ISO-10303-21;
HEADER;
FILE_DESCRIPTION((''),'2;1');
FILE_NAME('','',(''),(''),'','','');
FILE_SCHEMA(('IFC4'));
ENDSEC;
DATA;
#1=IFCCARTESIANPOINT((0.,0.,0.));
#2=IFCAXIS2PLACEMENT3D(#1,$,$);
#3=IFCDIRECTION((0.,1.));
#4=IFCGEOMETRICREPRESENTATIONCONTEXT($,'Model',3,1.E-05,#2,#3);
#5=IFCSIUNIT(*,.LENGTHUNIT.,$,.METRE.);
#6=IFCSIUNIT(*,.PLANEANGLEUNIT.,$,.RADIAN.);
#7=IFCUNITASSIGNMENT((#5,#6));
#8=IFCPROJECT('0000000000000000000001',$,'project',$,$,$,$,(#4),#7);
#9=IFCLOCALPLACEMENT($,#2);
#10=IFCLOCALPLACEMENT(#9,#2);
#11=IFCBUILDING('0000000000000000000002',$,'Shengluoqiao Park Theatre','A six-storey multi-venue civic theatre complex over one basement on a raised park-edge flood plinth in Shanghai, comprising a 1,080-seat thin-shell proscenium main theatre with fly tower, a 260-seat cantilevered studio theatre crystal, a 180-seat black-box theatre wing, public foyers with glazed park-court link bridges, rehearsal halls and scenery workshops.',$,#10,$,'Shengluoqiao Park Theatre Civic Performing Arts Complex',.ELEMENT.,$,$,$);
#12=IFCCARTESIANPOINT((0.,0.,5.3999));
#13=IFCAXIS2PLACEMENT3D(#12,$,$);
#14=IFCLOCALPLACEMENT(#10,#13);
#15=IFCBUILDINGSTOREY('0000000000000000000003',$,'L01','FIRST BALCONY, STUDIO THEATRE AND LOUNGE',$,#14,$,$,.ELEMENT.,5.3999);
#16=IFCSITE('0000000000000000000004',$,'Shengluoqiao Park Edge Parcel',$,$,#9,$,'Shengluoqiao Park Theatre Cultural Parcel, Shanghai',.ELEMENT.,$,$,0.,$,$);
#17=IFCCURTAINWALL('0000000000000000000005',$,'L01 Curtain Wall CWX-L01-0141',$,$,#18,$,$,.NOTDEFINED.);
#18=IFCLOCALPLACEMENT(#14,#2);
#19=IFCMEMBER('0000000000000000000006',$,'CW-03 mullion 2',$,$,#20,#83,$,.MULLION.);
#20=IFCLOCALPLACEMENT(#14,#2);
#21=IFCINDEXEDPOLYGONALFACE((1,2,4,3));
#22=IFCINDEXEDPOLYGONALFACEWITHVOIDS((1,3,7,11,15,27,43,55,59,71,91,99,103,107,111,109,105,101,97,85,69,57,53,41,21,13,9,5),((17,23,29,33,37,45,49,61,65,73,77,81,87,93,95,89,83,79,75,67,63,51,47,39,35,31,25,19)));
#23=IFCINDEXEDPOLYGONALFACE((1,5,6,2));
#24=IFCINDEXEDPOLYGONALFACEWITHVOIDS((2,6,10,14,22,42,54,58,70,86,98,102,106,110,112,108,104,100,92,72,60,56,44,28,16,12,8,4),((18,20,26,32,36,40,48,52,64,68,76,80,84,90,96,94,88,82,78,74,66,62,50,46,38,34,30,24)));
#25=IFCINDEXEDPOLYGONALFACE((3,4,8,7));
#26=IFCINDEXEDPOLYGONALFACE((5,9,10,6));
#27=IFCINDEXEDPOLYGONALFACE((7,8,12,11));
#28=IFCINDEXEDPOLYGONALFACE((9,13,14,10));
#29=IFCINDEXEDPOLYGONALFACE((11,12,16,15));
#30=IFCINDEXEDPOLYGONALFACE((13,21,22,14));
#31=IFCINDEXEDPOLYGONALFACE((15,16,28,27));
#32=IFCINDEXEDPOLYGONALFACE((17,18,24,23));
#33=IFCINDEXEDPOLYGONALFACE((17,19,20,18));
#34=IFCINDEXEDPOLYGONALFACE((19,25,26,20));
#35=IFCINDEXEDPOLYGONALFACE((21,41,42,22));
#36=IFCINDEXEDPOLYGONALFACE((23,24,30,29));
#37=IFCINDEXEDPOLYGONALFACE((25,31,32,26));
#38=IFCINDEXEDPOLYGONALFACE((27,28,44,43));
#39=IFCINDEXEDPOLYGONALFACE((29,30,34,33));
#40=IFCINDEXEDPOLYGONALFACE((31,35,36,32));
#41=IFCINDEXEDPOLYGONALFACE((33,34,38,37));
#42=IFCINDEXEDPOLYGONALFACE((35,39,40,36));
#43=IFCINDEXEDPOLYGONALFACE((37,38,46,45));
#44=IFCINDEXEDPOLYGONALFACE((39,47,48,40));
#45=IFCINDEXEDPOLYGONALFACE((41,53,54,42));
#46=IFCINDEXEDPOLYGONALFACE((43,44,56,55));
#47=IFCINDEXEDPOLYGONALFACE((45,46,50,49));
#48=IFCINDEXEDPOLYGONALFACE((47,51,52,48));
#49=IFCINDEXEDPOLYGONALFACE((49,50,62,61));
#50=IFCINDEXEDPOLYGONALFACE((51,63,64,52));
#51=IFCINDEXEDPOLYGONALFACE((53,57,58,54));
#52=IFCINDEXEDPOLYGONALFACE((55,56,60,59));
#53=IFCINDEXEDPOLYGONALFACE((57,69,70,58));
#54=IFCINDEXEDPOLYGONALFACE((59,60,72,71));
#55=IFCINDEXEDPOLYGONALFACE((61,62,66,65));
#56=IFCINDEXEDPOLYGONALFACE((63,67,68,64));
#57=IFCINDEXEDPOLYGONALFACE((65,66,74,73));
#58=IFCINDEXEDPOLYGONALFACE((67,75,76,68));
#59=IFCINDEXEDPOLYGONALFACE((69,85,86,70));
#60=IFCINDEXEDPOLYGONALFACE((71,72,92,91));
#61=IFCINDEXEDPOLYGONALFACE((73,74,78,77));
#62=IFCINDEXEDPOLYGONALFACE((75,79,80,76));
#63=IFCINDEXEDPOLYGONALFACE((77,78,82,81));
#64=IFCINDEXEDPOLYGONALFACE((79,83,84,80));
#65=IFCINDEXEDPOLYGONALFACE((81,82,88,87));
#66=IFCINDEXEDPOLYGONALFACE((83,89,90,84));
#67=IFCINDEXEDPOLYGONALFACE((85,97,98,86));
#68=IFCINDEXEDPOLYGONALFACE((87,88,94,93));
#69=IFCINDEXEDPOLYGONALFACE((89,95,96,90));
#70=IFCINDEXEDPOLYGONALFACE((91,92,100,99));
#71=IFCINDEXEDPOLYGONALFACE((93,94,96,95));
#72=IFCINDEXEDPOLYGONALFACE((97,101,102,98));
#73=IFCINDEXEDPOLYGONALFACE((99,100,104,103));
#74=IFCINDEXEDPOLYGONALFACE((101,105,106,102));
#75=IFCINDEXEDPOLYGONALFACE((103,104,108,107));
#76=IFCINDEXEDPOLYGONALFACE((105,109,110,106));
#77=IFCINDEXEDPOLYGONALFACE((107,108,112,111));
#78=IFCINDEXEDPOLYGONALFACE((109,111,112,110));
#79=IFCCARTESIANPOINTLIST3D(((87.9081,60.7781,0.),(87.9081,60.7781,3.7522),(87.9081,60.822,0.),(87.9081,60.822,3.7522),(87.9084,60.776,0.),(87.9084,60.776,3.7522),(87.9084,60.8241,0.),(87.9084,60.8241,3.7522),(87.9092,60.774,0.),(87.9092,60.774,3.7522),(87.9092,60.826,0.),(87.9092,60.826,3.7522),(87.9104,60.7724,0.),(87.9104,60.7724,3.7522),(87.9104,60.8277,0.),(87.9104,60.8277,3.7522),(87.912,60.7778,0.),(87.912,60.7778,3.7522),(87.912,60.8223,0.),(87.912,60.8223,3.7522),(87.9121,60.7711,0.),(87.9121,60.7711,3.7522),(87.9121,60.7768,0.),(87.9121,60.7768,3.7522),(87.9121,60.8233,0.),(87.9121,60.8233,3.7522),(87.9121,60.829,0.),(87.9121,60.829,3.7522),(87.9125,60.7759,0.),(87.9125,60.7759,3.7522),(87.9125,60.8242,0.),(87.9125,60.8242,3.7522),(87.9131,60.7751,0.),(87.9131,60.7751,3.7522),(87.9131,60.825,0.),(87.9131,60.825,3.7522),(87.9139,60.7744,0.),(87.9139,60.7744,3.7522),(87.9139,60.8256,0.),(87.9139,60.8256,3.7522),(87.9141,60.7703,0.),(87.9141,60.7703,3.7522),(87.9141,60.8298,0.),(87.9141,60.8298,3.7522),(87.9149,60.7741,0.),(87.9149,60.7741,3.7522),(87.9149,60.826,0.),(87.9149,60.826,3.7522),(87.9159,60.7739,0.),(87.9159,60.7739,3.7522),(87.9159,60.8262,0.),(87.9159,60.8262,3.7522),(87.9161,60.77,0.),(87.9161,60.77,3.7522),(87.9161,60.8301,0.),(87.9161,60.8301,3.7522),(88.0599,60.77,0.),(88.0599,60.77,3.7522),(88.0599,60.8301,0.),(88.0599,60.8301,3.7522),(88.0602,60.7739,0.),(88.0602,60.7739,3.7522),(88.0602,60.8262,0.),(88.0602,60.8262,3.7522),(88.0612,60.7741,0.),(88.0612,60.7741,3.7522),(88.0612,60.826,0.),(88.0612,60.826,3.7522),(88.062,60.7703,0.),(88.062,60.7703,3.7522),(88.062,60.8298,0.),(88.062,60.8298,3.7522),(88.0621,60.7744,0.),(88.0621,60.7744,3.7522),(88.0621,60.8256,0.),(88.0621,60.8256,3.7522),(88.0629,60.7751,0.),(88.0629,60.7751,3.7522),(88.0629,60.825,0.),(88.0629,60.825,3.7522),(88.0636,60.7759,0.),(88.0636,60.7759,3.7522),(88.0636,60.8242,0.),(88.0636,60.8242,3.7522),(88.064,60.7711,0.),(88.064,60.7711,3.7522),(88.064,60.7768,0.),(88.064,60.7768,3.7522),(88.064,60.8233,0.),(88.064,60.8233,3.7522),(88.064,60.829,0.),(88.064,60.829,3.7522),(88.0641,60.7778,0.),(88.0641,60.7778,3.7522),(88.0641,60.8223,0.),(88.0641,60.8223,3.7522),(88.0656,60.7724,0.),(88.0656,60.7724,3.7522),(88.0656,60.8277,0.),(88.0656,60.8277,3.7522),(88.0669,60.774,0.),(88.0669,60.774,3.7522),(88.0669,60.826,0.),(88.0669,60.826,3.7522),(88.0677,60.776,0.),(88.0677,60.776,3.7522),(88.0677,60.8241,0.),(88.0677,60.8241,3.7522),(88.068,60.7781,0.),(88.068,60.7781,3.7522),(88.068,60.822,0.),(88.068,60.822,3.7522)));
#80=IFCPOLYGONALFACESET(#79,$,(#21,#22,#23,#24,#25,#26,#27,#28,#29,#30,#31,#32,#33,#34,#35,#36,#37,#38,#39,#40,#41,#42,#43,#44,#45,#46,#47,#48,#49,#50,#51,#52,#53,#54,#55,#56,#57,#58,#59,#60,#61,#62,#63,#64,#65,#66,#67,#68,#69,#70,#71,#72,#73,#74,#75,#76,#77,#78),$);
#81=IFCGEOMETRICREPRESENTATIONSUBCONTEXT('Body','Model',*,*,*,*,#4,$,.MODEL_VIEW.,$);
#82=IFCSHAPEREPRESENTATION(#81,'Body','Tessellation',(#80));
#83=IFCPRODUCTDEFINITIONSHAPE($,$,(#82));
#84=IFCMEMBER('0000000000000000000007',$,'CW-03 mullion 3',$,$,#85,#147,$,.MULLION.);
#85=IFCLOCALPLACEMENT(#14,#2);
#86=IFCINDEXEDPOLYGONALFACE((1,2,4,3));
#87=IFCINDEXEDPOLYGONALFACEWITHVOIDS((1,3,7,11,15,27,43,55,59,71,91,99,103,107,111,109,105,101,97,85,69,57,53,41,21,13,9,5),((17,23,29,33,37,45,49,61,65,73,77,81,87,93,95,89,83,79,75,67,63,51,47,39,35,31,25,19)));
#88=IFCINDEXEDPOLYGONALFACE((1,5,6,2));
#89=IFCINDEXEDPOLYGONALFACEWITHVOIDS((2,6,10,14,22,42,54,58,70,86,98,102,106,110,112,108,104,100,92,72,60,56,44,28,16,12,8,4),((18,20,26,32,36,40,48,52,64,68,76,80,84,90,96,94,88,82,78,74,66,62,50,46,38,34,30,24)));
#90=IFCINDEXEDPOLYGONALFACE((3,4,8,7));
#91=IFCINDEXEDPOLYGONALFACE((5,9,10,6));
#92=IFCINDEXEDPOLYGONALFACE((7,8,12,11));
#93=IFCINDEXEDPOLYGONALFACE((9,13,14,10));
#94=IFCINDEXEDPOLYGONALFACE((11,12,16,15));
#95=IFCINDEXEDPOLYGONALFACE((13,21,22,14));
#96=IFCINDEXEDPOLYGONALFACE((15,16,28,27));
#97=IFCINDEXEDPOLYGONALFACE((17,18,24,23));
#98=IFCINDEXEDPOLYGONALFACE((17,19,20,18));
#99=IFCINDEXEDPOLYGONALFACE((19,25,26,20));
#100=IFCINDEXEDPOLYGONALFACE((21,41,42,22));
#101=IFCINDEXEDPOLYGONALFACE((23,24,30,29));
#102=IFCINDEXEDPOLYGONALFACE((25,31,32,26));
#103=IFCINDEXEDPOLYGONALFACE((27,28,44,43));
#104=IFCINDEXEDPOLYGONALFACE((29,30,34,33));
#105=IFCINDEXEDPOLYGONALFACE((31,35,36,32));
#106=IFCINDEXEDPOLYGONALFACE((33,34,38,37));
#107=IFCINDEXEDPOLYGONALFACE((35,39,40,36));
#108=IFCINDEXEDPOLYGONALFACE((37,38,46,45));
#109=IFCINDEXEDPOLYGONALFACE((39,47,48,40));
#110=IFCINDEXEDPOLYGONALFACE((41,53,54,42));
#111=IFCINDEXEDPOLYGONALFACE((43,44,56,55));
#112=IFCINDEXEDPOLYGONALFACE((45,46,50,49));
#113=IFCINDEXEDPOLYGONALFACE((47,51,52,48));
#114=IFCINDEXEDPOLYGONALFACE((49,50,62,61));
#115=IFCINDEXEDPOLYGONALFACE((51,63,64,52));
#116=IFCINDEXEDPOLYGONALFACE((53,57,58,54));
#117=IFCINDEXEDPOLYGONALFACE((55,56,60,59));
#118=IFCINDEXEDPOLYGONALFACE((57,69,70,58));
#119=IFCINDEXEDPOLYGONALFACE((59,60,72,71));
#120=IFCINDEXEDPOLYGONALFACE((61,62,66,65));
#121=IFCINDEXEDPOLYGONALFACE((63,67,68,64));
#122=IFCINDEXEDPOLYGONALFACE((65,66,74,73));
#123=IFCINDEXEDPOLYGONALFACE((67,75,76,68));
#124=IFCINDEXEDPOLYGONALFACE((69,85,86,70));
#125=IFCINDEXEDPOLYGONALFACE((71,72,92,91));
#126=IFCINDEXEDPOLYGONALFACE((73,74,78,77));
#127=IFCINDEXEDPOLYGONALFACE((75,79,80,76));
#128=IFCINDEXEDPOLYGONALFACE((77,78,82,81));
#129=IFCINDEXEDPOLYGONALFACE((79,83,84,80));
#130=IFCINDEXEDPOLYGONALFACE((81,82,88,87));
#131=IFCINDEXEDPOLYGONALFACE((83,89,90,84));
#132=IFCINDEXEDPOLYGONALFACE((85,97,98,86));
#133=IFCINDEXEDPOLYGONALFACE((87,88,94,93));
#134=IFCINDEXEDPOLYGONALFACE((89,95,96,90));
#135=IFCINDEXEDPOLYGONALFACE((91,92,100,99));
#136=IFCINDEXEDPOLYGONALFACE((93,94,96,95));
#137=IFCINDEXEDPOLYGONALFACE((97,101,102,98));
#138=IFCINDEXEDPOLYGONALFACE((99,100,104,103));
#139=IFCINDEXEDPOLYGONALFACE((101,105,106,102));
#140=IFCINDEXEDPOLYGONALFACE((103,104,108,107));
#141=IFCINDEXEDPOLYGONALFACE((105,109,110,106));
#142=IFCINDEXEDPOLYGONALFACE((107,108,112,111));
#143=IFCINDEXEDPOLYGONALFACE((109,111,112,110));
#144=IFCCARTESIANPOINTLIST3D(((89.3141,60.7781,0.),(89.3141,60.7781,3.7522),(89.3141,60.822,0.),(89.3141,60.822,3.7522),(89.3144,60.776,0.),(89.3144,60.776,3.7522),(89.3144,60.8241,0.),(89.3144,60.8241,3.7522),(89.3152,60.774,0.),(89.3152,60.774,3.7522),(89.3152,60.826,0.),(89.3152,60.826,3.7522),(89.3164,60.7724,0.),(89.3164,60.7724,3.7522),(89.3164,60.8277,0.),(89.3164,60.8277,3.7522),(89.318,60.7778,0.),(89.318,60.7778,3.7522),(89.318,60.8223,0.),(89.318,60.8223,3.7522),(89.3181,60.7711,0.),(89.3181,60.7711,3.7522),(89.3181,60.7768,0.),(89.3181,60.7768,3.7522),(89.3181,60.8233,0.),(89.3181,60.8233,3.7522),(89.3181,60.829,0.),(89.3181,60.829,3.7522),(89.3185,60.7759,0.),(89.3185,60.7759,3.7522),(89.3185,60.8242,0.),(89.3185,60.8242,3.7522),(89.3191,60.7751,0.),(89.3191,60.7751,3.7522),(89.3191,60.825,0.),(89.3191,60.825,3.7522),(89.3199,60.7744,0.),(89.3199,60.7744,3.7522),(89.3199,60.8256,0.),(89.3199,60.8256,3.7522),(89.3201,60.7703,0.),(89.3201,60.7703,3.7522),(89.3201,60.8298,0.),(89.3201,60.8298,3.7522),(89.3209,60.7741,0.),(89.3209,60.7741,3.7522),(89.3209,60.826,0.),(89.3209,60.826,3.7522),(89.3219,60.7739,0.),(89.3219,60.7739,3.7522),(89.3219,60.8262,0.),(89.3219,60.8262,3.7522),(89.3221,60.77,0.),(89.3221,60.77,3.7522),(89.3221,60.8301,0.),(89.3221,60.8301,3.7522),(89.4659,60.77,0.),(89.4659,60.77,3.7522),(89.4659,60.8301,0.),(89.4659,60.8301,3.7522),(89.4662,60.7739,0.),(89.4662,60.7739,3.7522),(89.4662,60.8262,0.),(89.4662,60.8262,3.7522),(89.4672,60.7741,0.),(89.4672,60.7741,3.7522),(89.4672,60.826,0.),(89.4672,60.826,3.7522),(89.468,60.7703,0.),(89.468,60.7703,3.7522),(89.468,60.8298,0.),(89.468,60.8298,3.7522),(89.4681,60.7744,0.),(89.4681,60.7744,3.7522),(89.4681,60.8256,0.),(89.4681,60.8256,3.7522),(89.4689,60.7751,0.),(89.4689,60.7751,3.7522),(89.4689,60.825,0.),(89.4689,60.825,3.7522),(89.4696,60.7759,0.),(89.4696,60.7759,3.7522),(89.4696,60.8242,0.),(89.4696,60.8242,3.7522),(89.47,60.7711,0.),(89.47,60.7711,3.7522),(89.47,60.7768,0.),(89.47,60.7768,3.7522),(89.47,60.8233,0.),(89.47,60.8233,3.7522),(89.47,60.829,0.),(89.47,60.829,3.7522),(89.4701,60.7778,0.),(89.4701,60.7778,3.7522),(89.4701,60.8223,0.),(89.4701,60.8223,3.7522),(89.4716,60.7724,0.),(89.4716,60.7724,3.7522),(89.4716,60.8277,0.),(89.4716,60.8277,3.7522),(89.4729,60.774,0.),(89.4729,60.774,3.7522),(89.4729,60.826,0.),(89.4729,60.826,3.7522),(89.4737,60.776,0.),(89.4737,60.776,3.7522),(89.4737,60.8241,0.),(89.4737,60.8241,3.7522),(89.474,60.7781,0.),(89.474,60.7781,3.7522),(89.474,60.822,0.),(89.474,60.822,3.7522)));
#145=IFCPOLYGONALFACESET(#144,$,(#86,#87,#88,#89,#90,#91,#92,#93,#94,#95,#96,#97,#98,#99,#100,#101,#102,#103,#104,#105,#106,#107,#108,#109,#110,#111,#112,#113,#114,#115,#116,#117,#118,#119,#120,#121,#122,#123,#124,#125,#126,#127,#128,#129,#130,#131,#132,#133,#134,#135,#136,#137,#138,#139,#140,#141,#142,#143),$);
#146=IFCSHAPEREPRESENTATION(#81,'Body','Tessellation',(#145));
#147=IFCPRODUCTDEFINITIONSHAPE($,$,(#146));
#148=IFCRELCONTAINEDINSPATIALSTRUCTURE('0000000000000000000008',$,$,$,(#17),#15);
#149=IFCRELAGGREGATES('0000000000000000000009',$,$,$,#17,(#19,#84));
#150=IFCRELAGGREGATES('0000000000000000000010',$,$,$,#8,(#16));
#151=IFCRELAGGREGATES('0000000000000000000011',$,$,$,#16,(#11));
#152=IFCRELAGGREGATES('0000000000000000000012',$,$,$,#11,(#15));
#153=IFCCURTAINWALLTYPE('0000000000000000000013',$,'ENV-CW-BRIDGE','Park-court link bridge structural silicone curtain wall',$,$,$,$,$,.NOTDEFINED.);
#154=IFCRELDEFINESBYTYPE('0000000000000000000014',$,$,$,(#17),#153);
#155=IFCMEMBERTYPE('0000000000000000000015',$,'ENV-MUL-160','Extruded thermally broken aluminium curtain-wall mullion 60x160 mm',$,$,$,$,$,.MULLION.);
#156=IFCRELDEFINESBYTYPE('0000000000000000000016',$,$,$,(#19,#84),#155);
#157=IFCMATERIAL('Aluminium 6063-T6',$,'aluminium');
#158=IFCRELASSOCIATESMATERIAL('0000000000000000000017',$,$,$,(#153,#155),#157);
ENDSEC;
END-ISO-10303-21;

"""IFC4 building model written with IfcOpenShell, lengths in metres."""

from ifc_helpers import new_model, si_unit, direction, frame, origin, origin_2d, place, context, subcontext, project, spatial, hollow_rectangle, extrude, material, material_profile, profile_set, type_object, element, aggregate, save


model = new_model("IFC4")

# Units and contexts
model_context = context("Model", 3, precision=1e-05, world=origin(), true_north=direction((0.0, 1.0)))
body_context = subcontext(model_context, "Body", "Model", "MODEL_VIEW")
ifc_project = project(units=[si_unit("LENGTHUNIT", "METRE"), si_unit("PLANEANGLEUNIT", "RADIAN")], contexts=[model_context])

# Site, building, storey
site_placement = place(None, origin())
site = spatial("IfcSite", under=ifc_project, at=site_placement, Name="Shengluoqiao Park Edge Parcel", LongName="Shengluoqiao Park Theatre Cultural Parcel, Shanghai", CompositionType="ELEMENT", RefElevation=0.0)
building_placement = place(site_placement, origin())
building = spatial("IfcBuilding", under=site, at=building_placement, Name="Shengluoqiao Park Theatre", Description="A six-storey multi-venue civic theatre complex over one basement on a raised park-edge flood plinth in Shanghai, comprising a 1,080-seat thin-shell proscenium main theatre with fly tower, a 260-seat cantilevered studio theatre crystal, a 180-seat black-box theatre wing, public foyers with glazed park-court link bridges, rehearsal halls and scenery workshops.", LongName="Shengluoqiao Park Theatre Civic Performing Arts Complex", CompositionType="ELEMENT")
storey_placement = place(building_placement, frame((0.0, 0.0, 5.3999)))
storey = spatial("IfcBuildingStorey", under=building, at=storey_placement, Name="L01", Description="FIRST BALCONY, STUDIO THEATRE AND LOUNGE", CompositionType="ELEMENT", Elevation=5.3999)

# Shared definitions
ifc_material_1 = material(Name="Aluminium 6063-T6", Category="aluminium")
curtain_wall_type = type_object("IfcCurtainWallType", Name="ENV-CW-BRIDGE", Description="Park-court link bridge structural silicone curtain wall", PredefinedType="NOTDEFINED", material=ifc_material_1)
ifc_material_profile_1 = material_profile(ifc_material_1, hollow_rectangle(XDim=0.0601, YDim=0.1599, WallThickness=0.0039, InnerFilletRadius=0.0039, OuterFilletRadius=0.0081, at=origin_2d()), Name="ALU MULLION 160x60x4")
ifc_profile_set_1 = profile_set([ifc_material_profile_1], Name="Aluminium 6063-T6")
member_type_1 = type_object("IfcMemberType", Name="ENV-MUL-160", Description="Extruded thermally broken aluminium curtain-wall mullion 60x160 mm", PredefinedType="MULLION", material=ifc_profile_set_1)

# Curtain wall, members
curtain_wall_1_placement = place(storey_placement, origin())
curtain_wall_1 = element("IfcCurtainWall", 1, at=curtain_wall_1_placement, inside=storey, type_object=curtain_wall_type, Name="L01 Curtain Wall CWX-L01-0141", PredefinedType="NOTDEFINED")
member_1_placement = place(storey_placement, frame((87.988, 60.8, 0.0), z_axis=(0.0, 0.0, 1.0), x_axis=(0.0, 1.0, 0.0)))
member_1 = element("IfcMember", 2, at=member_1_placement, type_object=member_type_1, Name="CW-03 mullion 2", PredefinedType="MULLION", context=body_context, shape_type="SweptSolid", body=[
    extrude(hollow_rectangle(XDim=0.0601, YDim=0.1599, WallThickness=0.0039, InnerFilletRadius=0.0039, OuterFilletRadius=0.0081, at=origin_2d()), origin(), (0.0, 0.0, 1.0), 3.7522),
])
member_2_placement = place(storey_placement, frame((89.394, 60.8, 0.0), z_axis=(0.0, 0.0, 1.0), x_axis=(0.0, 1.0, 0.0)))
member_2 = element("IfcMember", 3, at=member_2_placement, type_object=member_type_1, Name="CW-03 mullion 3", PredefinedType="MULLION", context=body_context, shape_type="SweptSolid", body=[
    extrude(hollow_rectangle(XDim=0.0601, YDim=0.1599, WallThickness=0.0039, InnerFilletRadius=0.0039, OuterFilletRadius=0.0081, at=origin_2d()), origin(), (0.0, 0.0, 1.0), 3.7522),
])

aggregate(curtain_wall_1, [member_1, member_2])

save(model, "model.ifc")
